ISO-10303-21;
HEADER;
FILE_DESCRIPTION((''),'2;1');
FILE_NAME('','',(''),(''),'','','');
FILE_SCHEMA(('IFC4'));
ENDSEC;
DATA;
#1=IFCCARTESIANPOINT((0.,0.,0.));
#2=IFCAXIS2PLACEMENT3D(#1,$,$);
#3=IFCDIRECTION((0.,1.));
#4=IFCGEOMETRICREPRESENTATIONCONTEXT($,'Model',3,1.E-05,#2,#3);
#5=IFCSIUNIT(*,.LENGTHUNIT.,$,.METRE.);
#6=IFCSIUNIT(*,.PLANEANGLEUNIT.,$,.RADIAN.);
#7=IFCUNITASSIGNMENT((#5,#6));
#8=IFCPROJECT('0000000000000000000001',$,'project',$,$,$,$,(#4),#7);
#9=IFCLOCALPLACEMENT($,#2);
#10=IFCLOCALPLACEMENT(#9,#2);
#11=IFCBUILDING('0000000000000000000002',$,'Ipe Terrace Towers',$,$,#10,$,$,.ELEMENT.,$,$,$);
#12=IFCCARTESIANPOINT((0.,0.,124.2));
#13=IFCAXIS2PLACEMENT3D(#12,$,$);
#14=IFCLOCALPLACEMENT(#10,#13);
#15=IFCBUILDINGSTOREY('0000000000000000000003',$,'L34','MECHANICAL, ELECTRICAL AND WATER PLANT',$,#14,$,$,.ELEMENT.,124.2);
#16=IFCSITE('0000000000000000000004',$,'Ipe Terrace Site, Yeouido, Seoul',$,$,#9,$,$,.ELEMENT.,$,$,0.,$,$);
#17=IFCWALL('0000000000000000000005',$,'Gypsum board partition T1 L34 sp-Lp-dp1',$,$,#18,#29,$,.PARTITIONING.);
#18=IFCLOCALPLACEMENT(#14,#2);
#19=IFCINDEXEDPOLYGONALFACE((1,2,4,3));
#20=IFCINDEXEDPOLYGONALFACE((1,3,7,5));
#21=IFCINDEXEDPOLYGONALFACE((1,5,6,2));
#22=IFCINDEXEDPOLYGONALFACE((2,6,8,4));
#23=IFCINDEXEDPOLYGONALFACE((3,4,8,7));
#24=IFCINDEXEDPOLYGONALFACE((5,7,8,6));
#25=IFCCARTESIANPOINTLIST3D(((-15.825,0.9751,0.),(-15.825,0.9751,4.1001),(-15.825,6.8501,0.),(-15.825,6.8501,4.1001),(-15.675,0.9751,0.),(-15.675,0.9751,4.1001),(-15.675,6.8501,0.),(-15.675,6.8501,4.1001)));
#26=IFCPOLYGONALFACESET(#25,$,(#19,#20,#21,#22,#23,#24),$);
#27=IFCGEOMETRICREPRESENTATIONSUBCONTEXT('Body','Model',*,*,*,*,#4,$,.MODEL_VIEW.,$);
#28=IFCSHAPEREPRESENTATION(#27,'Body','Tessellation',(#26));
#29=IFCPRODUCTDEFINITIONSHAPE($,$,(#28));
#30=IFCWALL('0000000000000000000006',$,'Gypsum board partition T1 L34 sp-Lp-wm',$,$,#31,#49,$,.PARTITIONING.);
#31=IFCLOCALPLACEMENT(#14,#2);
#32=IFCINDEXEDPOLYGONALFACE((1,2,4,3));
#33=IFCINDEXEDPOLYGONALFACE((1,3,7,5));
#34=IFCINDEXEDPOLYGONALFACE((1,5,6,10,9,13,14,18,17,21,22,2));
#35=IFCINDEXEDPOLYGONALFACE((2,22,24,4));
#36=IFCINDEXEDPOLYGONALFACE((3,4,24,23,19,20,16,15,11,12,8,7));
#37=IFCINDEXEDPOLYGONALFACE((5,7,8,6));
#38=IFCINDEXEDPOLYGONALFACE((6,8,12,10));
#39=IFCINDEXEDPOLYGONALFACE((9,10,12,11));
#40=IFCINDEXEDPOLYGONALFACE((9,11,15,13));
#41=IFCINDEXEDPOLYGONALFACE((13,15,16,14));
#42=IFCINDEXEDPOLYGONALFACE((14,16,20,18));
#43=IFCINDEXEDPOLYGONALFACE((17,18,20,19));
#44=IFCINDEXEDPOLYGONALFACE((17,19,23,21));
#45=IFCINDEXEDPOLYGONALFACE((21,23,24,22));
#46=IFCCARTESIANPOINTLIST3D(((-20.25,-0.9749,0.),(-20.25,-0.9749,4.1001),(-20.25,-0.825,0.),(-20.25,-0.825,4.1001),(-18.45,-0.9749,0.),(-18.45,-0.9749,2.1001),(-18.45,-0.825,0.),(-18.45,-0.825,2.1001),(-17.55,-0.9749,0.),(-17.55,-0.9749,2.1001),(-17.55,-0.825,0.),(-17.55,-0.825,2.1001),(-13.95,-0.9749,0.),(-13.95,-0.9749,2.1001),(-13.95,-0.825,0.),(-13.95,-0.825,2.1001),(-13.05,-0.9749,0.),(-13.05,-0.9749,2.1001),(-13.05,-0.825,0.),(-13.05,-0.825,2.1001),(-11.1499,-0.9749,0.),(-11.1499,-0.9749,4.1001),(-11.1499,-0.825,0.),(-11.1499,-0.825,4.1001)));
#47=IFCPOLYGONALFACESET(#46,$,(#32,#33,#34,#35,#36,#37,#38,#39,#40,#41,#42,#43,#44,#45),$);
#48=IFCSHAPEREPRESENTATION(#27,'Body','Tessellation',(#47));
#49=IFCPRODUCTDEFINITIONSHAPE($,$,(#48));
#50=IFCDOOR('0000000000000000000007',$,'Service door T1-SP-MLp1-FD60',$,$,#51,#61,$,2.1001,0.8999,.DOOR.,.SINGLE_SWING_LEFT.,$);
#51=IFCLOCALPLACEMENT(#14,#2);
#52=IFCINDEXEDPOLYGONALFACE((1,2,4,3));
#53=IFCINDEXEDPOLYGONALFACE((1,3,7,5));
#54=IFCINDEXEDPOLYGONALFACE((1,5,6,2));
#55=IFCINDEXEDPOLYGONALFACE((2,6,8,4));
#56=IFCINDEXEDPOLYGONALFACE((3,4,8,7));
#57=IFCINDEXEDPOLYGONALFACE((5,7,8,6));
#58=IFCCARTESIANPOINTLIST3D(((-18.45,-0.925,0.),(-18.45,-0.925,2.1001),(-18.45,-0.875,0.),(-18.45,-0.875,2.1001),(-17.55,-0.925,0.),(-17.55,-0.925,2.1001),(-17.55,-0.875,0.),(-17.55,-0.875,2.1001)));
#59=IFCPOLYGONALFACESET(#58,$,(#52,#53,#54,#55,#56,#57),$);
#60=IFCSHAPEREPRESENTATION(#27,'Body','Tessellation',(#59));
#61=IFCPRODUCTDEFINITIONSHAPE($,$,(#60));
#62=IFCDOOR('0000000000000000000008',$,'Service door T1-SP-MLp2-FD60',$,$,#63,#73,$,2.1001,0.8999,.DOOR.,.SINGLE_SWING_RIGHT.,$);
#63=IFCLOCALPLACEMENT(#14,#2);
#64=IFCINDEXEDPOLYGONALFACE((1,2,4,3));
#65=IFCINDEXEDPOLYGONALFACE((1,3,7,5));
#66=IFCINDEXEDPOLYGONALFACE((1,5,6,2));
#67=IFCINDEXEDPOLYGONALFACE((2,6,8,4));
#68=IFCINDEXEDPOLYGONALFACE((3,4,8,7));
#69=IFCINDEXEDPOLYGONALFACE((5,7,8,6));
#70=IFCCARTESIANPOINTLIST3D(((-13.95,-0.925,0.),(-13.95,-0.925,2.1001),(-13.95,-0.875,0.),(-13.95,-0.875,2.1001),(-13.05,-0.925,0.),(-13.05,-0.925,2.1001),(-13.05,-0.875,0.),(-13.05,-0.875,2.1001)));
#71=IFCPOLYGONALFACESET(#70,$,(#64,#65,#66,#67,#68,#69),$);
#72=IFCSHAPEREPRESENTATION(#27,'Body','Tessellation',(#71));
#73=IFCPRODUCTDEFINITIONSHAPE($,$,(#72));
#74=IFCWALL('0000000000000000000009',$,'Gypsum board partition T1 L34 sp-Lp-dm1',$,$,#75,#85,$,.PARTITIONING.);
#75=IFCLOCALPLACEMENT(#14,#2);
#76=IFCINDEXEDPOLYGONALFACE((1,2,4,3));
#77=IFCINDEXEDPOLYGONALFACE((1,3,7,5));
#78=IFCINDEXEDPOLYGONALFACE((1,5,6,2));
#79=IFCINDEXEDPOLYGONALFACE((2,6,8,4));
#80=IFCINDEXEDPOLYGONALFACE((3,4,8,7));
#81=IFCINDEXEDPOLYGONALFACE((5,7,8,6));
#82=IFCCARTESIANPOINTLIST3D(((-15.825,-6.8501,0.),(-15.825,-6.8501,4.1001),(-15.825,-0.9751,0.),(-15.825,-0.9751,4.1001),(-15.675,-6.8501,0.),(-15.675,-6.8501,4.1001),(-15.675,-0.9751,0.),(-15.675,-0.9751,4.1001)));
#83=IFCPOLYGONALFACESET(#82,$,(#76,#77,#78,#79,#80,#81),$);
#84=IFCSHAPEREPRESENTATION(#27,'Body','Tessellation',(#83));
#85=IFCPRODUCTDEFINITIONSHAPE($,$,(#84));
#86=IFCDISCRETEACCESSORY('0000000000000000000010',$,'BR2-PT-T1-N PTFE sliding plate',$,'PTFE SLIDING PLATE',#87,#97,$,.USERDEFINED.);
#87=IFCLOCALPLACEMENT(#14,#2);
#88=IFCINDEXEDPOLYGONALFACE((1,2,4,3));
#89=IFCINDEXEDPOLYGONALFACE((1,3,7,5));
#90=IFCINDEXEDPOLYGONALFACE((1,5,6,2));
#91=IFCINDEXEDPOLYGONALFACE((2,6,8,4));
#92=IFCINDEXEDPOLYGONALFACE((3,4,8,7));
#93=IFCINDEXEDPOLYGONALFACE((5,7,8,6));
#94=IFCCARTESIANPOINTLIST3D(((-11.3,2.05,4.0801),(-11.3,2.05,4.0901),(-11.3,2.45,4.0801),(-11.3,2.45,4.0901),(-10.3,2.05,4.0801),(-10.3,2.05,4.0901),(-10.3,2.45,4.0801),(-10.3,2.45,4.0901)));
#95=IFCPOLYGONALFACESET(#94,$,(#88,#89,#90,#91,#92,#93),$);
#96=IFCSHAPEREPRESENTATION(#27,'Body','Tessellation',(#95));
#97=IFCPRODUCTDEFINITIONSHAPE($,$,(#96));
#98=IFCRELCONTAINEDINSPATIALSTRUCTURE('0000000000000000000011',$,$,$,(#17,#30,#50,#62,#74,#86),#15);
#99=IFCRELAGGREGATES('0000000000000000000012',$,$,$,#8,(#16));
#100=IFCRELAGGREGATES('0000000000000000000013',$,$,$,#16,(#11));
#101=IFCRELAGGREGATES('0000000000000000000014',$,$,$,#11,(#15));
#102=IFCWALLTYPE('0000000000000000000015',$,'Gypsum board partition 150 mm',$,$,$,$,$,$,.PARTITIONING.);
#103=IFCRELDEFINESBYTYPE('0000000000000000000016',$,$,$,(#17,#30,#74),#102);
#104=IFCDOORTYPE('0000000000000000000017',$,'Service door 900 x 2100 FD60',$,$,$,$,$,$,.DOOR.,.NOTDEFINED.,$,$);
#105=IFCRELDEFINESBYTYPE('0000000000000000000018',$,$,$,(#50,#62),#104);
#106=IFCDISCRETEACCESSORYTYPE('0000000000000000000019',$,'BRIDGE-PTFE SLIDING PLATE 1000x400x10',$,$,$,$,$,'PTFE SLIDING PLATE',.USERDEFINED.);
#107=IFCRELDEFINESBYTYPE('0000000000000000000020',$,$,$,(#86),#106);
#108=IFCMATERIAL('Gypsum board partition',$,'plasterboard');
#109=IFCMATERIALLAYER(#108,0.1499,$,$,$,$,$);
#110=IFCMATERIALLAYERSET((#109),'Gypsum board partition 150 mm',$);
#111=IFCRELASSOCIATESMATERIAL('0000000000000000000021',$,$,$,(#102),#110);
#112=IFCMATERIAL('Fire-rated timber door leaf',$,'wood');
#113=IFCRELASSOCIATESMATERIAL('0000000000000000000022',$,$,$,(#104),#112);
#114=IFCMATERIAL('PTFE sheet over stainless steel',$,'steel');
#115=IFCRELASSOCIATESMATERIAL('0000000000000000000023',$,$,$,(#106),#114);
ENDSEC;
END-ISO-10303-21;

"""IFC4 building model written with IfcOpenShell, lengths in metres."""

from ifc_helpers import new_model, si_unit, direction, frame, frame_2d, origin, origin_2d, place, context, subcontext, project, spatial, rectangle, extrude, material, layer, layer_set, type_object, element, fill, save


model = new_model("IFC4")

# Units and contexts
model_context = context("Model", 3, precision=1e-05, world=origin(), true_north=direction((0.0, 1.0)))
body_context = subcontext(model_context, "Body", "Model", "MODEL_VIEW")
ifc_project = project(units=[si_unit("LENGTHUNIT", "METRE"), si_unit("PLANEANGLEUNIT", "RADIAN")], contexts=[model_context])

# Site, building, storey
site_placement = place(None, origin())
site = spatial("IfcSite", under=ifc_project, at=site_placement, Name="Ipe Terrace Site, Yeouido, Seoul", CompositionType="ELEMENT", RefElevation=0.0)
building_placement = place(site_placement, origin())
building = spatial("IfcBuilding", under=site, at=building_placement, Name="Ipe Terrace Towers", CompositionType="ELEMENT")
storey_placement = place(building_placement, frame((0.0, 0.0, 124.2)))
storey = spatial("IfcBuildingStorey", under=building, at=storey_placement, Name="L34", Description="MECHANICAL, ELECTRICAL AND WATER PLANT", CompositionType="ELEMENT", Elevation=124.2)

# Shared definitions
ifc_material_1 = material(Name="Gypsum board partition", Category="plasterboard")
ifc_layer_1 = layer(ifc_material_1, 0.1499)
ifc_layer_set_1 = layer_set([ifc_layer_1], Name="Gypsum board partition 150 mm")
wall_type_1 = type_object("IfcWallType", Name="Gypsum board partition 150 mm", PredefinedType="PARTITIONING", material=ifc_layer_set_1)
ifc_material_2 = material(Name="Fire-rated timber door leaf", Category="wood")
door_type = type_object("IfcDoorType", Name="Service door 900 x 2100 FD60", OperationType="NOTDEFINED", PredefinedType="DOOR", material=ifc_material_2)

# Wall
wall_1_placement = place(storey_placement, frame((-15.75, 0.9751, 0.0), z_axis=(0.0, 0.0, 1.0), x_axis=(0.0, 1.0, 0.0)))
element("IfcWall", 1, at=wall_1_placement, inside=storey, type_object=wall_type_1, Name="Gypsum board partition T1 L34 sp-Lp-dp1", PredefinedType="PARTITIONING", context=body_context, shape_type="SweptSolid", body=[
    extrude(rectangle(XDim=5.875, YDim=0.1499, at=frame_2d((2.9375, 0.0))), origin(), (0.0, 0.0, 1.0), 4.1001),
])

# Wall, openings, doors
wall_2_placement = place(storey_placement, frame((-20.25, -0.8999, 0.0), z_axis=(0.0, 0.0, 1.0), x_axis=(1.0, 0.0, 0.0)))
wall_2 = element("IfcWall", 2, at=wall_2_placement, inside=storey, type_object=wall_type_1, Name="Gypsum board partition T1 L34 sp-Lp-wm", PredefinedType="PARTITIONING", context=body_context, shape_type="SweptSolid", body=[
    extrude(rectangle(XDim=9.1001, YDim=0.1499, at=frame_2d((4.55, 0.0))), origin(), (0.0, 0.0, 1.0), 4.1001),
])
opening_1_placement = place(wall_2_placement, frame((1.8, 0.0, 0.0)))
opening_1 = element("IfcOpeningElement", 3, at=opening_1_placement, cuts=wall_2, PredefinedType="OPENING", context=body_context, shape_type="SweptSolid", body=[
    extrude(rectangle(XDim=0.8999, YDim=2.1001, at=frame_2d((0.45, 1.05))), frame((0.0, 0.085, 0.0), z_axis=(0.0, -1.0, 0.0), x_axis=(1.0, 0.0, 0.0)), (0.0, 0.0, 1.0), 0.1699),
])
opening_2_placement = place(wall_2_placement, frame((6.3, 0.0, 0.0)))
opening_2 = element("IfcOpeningElement", 4, at=opening_2_placement, cuts=wall_2, PredefinedType="OPENING", context=body_context, shape_type="SweptSolid", body=[
    extrude(rectangle(XDim=0.8999, YDim=2.1001, at=frame_2d((0.45, 1.05))), frame((0.0, 0.085, 0.0), z_axis=(0.0, -1.0, 0.0), x_axis=(1.0, 0.0, 0.0)), (0.0, 0.0, 1.0), 0.1699),
])
door_1_placement = place(opening_1_placement, origin())
door_1 = element("IfcDoor", 5, at=door_1_placement, inside=storey, type_object=door_type, Name="Service door T1-SP-MLp1-FD60", OperationType="SINGLE_SWING_LEFT", OverallHeight=2.1001, OverallWidth=0.8999, PredefinedType="DOOR", context=body_context, shape_type="SweptSolid", body=[
    extrude(rectangle(XDim=0.8999, YDim=2.1001, at=frame_2d((0.45, 1.05))), frame((0.0, 0.0249, 0.0), z_axis=(0.0, -1.0, 0.0), x_axis=(1.0, 0.0, 0.0)), (0.0, 0.0, 1.0), 0.05),
])
fill(opening_1, door_1)
door_2_placement = place(opening_2_placement, origin())
door_2 = element("IfcDoor", 6, at=door_2_placement, inside=storey, type_object=door_type, Name="Service door T1-SP-MLp2-FD60", OperationType="SINGLE_SWING_RIGHT", OverallHeight=2.1001, OverallWidth=0.8999, PredefinedType="DOOR", context=body_context, shape_type="SweptSolid", body=[
    extrude(rectangle(XDim=0.8999, YDim=2.1001, at=frame_2d((0.45, 1.05))), frame((0.0, 0.0249, 0.0), z_axis=(0.0, -1.0, 0.0), x_axis=(1.0, 0.0, 0.0)), (0.0, 0.0, 1.0), 0.05),
])
fill(opening_2, door_2)

# Wall
wall_3_placement = place(storey_placement, frame((-15.75, -0.9751, 0.0), z_axis=(0.0, 0.0, 1.0), x_axis=(0.0, -1.0, 0.0)))
element("IfcWall", 7, at=wall_3_placement, inside=storey, type_object=wall_type_1, Name="Gypsum board partition T1 L34 sp-Lp-dm1", PredefinedType="PARTITIONING", context=body_context, shape_type="SweptSolid", body=[
    extrude(rectangle(XDim=5.875, YDim=0.1499, at=frame_2d((2.9375, 0.0))), origin(), (0.0, 0.0, 1.0), 4.1001),
])

# Discrete accessory
ifc_material_3 = material(Name="PTFE sheet over stainless steel", Category="steel")
discrete_accessory_type = type_object("IfcDiscreteAccessoryType", Name="BRIDGE-PTFE SLIDING PLATE 1000x400x10", ElementType="PTFE SLIDING PLATE", PredefinedType="USERDEFINED", material=ifc_material_3)
discrete_accessory_placement = place(storey_placement, frame((-10.8, 2.25, 4.0801), z_axis=(0.0, 0.0, 1.0), x_axis=(1.0, 0.0, 0.0)))
element("IfcDiscreteAccessory", 8, at=discrete_accessory_placement, inside=storey, type_object=discrete_accessory_type, Name="BR2-PT-T1-N PTFE sliding plate", ObjectType="PTFE SLIDING PLATE", PredefinedType="USERDEFINED", context=body_context, shape_type="SweptSolid", body=[
    extrude(rectangle(XDim=1.0, YDim=0.3999, at=origin_2d()), origin(), (0.0, 0.0, 1.0), 0.01),
])

save(model, "model.ifc")
